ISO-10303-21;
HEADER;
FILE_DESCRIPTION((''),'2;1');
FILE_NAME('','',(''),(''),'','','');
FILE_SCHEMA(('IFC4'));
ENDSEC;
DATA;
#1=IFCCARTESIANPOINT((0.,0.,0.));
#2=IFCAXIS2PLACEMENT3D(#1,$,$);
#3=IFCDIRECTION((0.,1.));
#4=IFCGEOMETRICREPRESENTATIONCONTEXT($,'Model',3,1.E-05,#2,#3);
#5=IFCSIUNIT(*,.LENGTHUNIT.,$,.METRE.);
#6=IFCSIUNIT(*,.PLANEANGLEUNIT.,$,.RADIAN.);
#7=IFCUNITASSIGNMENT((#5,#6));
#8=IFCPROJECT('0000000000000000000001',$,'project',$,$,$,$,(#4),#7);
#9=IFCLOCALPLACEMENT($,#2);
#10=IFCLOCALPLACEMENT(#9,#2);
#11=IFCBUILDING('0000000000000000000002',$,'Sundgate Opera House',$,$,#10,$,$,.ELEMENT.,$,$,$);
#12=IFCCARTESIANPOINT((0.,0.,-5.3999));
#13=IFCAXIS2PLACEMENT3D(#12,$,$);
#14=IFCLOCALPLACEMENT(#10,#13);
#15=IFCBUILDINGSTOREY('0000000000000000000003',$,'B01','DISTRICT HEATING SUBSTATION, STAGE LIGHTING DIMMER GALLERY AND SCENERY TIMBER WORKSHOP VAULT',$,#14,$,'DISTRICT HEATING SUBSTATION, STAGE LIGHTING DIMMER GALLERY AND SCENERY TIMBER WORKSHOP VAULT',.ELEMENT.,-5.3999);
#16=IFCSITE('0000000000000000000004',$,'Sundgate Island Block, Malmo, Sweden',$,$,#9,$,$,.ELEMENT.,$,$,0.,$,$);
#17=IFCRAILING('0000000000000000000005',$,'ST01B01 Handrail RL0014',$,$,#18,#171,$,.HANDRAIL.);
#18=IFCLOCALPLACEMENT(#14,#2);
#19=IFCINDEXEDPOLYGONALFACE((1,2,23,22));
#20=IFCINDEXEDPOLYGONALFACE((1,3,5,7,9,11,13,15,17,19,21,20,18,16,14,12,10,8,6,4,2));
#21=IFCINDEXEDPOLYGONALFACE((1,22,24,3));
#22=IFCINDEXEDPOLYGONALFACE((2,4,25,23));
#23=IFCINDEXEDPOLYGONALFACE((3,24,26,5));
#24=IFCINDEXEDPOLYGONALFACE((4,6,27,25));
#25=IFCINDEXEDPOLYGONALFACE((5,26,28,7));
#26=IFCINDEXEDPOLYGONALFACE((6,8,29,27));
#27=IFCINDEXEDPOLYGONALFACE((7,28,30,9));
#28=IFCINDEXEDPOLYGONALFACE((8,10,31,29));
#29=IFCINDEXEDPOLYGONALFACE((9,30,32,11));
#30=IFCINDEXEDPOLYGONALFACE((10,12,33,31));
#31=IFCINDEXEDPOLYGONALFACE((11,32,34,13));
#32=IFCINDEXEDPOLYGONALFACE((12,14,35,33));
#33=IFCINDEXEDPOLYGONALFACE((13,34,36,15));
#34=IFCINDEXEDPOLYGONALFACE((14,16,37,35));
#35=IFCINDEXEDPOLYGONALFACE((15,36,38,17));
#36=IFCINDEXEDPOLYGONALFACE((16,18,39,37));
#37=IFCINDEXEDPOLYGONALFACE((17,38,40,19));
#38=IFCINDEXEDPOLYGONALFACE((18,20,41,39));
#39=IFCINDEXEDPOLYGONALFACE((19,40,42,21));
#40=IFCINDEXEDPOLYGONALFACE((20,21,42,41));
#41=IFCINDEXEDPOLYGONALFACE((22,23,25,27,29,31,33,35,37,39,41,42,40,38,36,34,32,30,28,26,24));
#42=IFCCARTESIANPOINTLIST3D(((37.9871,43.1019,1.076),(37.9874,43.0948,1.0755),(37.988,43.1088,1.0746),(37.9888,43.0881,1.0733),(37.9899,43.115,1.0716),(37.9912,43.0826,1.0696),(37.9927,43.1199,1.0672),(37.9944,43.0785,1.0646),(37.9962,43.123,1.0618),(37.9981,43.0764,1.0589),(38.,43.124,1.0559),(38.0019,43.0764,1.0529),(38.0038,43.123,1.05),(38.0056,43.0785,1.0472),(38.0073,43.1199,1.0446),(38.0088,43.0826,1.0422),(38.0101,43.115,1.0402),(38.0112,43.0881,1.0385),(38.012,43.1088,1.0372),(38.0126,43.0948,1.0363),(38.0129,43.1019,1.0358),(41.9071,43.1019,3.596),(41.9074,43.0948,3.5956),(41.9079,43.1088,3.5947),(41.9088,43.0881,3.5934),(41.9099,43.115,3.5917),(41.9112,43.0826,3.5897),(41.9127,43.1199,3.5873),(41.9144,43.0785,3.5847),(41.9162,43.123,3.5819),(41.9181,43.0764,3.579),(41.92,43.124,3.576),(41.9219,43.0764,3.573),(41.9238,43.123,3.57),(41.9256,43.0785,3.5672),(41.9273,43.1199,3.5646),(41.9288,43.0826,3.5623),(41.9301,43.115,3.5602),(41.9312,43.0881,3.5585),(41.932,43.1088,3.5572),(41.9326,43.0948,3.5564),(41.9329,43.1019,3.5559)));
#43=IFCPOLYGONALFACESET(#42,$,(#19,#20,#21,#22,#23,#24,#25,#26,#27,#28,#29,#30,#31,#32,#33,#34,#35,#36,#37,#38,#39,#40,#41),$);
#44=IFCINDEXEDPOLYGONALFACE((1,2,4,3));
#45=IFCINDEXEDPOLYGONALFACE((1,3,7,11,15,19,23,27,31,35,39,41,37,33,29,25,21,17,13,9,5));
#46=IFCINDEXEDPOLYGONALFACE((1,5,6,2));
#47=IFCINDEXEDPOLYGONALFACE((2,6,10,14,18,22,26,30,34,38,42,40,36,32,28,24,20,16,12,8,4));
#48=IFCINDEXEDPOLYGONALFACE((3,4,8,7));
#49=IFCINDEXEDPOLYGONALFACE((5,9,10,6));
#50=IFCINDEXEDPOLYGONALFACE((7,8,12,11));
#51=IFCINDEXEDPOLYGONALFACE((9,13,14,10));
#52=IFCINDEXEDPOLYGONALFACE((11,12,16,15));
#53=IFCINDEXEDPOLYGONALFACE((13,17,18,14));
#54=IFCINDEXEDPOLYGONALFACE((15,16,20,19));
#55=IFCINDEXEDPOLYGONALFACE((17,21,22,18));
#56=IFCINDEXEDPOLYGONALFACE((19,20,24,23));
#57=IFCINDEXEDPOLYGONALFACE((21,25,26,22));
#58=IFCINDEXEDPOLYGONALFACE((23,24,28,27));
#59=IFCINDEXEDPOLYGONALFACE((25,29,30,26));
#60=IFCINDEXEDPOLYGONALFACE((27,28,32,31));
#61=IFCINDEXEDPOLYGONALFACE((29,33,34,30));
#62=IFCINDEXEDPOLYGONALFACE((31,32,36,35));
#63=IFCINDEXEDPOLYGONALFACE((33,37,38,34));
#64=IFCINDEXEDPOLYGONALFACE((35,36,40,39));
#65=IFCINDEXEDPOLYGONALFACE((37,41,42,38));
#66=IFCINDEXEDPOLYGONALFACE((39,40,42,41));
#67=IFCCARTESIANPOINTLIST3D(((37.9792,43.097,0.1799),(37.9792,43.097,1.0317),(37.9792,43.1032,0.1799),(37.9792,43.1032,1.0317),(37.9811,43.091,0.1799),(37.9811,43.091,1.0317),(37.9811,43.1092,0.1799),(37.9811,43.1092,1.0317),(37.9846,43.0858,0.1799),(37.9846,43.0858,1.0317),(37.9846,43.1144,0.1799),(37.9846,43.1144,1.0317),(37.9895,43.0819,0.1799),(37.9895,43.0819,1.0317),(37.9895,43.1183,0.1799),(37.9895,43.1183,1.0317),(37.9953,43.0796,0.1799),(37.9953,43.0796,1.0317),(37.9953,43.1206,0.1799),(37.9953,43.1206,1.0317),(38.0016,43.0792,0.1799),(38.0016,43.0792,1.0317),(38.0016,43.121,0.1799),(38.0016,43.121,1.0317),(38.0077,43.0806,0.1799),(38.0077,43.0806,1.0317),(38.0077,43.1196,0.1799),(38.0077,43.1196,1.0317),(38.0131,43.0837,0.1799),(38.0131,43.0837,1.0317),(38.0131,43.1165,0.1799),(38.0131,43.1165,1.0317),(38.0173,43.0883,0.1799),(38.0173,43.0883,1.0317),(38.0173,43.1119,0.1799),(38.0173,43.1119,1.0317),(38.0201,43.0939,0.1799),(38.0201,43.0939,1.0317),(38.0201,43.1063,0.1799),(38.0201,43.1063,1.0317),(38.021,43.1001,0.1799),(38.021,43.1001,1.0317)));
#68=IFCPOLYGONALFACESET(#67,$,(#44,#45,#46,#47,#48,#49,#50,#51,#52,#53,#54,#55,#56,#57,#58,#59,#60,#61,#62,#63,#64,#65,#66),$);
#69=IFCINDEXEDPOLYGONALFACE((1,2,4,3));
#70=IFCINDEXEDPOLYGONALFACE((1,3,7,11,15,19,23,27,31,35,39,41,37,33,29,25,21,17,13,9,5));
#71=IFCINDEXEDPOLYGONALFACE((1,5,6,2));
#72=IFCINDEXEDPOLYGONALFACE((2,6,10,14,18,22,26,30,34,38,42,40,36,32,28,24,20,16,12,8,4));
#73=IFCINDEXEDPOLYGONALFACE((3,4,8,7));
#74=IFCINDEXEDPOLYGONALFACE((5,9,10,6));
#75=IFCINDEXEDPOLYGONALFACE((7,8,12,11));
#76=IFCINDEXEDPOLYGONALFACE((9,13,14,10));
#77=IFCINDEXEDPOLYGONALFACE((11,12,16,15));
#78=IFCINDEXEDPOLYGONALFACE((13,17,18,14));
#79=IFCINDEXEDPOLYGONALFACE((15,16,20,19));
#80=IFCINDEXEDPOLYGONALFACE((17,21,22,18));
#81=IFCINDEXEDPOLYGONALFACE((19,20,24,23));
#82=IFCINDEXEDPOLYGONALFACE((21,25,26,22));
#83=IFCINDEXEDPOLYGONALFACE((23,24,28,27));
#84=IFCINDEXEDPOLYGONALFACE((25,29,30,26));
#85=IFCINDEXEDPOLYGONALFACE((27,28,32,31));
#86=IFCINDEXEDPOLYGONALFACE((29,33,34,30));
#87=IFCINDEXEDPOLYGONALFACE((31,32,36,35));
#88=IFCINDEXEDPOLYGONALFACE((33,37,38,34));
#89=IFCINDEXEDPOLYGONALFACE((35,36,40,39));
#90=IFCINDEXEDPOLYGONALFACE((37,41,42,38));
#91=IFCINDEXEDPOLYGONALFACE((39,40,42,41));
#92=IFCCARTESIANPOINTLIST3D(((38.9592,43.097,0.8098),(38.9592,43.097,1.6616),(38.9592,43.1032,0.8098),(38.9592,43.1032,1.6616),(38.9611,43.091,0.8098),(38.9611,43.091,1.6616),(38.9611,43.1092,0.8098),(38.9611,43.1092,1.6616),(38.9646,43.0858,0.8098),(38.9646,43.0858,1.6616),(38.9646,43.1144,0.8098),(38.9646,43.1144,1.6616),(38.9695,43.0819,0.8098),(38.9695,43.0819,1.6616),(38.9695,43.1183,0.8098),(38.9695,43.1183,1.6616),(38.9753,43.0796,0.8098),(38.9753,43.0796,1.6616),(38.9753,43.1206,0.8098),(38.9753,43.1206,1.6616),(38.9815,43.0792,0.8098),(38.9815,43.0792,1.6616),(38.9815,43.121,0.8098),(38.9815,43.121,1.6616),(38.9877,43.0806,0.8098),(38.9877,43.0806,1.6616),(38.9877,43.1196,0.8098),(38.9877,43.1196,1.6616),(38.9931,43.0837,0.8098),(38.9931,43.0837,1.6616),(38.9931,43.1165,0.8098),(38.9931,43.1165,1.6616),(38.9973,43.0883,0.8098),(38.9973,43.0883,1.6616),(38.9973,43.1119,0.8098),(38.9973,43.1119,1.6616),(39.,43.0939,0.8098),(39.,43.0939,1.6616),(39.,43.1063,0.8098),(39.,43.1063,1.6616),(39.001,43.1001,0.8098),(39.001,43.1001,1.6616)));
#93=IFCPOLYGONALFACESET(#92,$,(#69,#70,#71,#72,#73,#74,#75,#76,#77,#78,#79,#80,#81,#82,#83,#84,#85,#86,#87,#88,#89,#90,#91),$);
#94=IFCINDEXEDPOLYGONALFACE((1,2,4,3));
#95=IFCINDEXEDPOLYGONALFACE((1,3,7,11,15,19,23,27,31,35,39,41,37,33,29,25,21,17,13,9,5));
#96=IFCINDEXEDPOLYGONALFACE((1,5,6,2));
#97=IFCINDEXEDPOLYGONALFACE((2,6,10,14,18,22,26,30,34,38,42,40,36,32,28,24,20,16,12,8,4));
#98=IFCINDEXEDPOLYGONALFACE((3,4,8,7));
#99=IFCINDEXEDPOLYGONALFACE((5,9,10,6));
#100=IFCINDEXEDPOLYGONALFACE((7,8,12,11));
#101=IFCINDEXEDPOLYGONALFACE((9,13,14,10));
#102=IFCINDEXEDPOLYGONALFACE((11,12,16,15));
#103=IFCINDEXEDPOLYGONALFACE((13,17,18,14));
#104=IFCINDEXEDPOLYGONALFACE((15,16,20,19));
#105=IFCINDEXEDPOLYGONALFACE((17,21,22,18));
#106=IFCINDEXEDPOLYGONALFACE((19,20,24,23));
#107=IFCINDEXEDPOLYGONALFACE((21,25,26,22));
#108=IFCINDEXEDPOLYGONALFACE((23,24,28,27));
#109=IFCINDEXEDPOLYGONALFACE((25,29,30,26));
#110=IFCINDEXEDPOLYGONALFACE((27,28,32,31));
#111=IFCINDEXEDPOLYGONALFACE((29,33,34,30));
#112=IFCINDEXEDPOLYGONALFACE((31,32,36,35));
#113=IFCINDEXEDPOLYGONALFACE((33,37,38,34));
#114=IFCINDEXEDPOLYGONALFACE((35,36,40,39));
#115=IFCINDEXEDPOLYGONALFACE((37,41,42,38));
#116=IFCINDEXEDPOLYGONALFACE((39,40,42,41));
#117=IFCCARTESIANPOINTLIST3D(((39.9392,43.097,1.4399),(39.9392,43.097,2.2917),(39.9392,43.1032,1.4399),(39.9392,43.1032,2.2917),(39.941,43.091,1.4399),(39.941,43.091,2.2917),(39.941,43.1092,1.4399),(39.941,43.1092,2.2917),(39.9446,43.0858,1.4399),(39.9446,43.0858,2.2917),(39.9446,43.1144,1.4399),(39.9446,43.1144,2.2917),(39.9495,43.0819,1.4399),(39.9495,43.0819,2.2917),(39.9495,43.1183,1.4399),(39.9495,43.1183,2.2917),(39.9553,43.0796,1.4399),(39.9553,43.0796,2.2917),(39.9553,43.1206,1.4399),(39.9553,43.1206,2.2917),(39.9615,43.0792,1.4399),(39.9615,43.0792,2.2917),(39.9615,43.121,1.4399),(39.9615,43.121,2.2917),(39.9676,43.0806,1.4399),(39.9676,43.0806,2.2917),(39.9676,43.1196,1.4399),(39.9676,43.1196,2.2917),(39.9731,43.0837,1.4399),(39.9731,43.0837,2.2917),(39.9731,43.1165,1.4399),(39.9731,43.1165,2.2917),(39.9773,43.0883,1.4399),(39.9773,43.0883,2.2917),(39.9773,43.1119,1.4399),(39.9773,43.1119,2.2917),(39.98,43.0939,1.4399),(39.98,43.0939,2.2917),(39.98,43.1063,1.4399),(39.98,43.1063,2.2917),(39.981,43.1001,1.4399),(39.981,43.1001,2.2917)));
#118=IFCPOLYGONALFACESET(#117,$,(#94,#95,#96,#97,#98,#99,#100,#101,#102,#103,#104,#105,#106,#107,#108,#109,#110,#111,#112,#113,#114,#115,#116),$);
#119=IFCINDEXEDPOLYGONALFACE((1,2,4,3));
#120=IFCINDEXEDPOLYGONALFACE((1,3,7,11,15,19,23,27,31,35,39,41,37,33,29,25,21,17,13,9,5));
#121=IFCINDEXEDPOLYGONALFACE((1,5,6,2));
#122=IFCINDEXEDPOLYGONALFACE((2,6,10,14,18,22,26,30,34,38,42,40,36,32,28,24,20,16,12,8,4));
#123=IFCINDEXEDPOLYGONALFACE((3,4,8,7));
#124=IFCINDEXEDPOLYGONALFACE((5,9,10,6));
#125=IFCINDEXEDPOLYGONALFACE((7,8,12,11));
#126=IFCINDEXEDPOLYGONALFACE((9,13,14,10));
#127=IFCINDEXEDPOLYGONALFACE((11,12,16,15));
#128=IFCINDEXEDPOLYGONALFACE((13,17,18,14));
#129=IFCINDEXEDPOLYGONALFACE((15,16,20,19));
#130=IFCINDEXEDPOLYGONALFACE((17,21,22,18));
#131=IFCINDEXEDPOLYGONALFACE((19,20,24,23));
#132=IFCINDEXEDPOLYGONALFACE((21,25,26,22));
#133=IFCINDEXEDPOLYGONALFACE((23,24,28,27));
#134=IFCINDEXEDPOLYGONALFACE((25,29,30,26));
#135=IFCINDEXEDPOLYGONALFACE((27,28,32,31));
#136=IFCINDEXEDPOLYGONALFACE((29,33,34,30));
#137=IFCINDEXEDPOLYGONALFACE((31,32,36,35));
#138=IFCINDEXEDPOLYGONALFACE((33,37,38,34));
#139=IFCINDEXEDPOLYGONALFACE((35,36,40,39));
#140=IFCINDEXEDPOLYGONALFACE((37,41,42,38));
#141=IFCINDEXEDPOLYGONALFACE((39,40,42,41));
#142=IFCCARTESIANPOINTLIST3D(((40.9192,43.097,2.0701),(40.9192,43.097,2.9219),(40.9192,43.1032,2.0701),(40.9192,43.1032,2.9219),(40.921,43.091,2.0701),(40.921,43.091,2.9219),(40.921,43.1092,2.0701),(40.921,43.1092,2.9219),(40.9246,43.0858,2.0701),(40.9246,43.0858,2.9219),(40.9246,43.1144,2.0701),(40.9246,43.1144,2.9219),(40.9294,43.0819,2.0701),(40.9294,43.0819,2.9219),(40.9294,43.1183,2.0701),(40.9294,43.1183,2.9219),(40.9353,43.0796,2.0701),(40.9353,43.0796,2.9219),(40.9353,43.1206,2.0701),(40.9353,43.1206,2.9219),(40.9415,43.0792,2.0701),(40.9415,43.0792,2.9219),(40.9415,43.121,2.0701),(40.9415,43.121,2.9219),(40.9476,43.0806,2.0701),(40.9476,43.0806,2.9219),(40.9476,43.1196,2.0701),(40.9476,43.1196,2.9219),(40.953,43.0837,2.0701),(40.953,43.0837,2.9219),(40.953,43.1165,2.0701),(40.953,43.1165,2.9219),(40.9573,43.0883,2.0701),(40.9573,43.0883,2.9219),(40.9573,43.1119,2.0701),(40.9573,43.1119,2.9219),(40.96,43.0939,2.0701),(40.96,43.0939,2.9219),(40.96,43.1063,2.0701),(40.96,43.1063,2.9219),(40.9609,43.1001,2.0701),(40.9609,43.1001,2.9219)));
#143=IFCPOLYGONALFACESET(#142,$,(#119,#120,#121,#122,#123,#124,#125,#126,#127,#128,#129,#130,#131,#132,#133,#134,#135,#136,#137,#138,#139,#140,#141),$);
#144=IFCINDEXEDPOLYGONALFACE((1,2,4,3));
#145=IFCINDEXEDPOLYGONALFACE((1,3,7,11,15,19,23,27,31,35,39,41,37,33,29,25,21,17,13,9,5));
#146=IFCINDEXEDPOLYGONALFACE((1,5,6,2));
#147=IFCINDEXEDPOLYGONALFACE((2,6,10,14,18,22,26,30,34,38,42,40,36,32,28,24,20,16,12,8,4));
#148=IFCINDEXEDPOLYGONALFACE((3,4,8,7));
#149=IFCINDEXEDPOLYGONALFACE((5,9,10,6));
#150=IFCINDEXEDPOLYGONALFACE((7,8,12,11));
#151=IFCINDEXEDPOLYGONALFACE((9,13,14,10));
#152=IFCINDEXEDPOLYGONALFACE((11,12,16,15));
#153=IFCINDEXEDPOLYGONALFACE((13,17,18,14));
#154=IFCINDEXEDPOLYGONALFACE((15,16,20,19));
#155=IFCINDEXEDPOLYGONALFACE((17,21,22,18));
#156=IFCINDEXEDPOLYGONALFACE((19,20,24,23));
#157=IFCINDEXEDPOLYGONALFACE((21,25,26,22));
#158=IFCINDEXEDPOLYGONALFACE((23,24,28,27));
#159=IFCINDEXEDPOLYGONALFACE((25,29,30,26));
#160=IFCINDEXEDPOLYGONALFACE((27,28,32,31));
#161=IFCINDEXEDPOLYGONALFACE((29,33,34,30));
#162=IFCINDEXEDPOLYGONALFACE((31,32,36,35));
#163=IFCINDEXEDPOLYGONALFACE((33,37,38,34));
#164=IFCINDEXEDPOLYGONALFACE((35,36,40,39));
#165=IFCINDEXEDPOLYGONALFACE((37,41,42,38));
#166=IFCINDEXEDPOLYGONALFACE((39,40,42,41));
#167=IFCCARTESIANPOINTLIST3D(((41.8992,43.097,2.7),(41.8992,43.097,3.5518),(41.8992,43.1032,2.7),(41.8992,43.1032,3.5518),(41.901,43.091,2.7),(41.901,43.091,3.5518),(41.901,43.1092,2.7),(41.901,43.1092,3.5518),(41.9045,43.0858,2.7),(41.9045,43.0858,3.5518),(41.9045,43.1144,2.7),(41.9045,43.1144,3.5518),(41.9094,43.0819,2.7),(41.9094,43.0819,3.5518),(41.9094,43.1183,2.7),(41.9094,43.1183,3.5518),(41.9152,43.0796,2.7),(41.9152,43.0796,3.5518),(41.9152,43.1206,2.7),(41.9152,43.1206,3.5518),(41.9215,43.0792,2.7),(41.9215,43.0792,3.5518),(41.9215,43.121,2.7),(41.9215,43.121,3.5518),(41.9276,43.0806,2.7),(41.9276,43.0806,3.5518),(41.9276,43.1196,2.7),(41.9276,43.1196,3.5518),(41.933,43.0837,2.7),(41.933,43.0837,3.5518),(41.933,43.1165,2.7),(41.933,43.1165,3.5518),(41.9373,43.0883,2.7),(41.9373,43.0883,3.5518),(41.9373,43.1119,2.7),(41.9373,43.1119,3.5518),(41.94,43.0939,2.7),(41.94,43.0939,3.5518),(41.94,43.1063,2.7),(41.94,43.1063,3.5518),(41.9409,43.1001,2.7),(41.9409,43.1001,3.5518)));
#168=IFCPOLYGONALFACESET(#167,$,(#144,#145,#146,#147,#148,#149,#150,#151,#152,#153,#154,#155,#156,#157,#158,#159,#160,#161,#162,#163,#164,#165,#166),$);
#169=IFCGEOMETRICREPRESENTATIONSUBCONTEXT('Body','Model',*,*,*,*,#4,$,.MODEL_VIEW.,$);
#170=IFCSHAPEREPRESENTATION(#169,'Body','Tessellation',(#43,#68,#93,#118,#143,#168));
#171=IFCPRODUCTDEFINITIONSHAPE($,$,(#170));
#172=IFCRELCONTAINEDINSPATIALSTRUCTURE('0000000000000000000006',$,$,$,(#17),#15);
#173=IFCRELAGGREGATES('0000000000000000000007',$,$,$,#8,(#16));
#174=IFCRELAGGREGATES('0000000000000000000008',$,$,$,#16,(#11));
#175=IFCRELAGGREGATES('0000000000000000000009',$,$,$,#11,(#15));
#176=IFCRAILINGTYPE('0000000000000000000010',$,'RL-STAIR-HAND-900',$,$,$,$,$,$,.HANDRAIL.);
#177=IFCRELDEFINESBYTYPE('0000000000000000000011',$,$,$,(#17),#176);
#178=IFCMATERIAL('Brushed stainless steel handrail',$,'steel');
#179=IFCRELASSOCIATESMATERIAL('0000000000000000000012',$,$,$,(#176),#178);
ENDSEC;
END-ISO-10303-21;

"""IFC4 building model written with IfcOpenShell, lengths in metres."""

from ifc_helpers import new_model, si_unit, direction, frame, origin, origin_2d, place, context, subcontext, project, spatial, circle, extrude, material, type_object, element, save


model = new_model("IFC4")

# Units and contexts
model_context = context("Model", 3, precision=1e-05, world=origin(), true_north=direction((0.0, 1.0)))
body_context = subcontext(model_context, "Body", "Model", "MODEL_VIEW")
ifc_project = project(units=[si_unit("LENGTHUNIT", "METRE"), si_unit("PLANEANGLEUNIT", "RADIAN")], contexts=[model_context])

# Site, building, storey
site_placement = place(None, origin())
site = spatial("IfcSite", under=ifc_project, at=site_placement, Name="Sundgate Island Block, Malmo, Sweden", CompositionType="ELEMENT", RefElevation=0.0)
building_placement = place(site_placement, origin())
building = spatial("IfcBuilding", under=site, at=building_placement, Name="Sundgate Opera House", CompositionType="ELEMENT")
storey_placement = place(building_placement, frame((0.0, 0.0, -5.3999)))
storey = spatial("IfcBuildingStorey", under=building, at=storey_placement, Name="B01", Description="DISTRICT HEATING SUBSTATION, STAGE LIGHTING DIMMER GALLERY AND SCENERY TIMBER WORKSHOP VAULT", LongName="DISTRICT HEATING SUBSTATION, STAGE LIGHTING DIMMER GALLERY AND SCENERY TIMBER WORKSHOP VAULT", CompositionType="ELEMENT", Elevation=-5.3999)

# Railing
ifc_material_1 = material(Name="Brushed stainless steel handrail", Category="steel")
railing_type_1 = type_object("IfcRailingType", Name="RL-STAIR-HAND-900", PredefinedType="HANDRAIL", material=ifc_material_1)
railing_1_placement = place(storey_placement, frame((38.0, 43.1001, 0.1799)))
element("IfcRailing", 1, at=railing_1_placement, inside=storey, type_object=railing_type_1, Name="ST01B01 Handrail RL0014", PredefinedType="HANDRAIL", context=body_context, shape_type="SweptSolid", body=[
    extrude(circle(Radius=0.0239, at=origin_2d()), frame((0.0, 0.0, 0.876), z_axis=(0.841172, 0.0, 0.540768), x_axis=(0.0, 1.0, 0.0)), (0.0, 0.0, 1.0), 4.6602),
    extrude(circle(Radius=0.021, at=origin_2d()), origin(), (0.0, 0.0, 1.0), 0.8518),
    extrude(circle(Radius=0.021, at=origin_2d()), frame((0.98, 0.0, 0.6299)), (0.0, 0.0, 1.0), 0.8518),
    extrude(circle(Radius=0.021, at=origin_2d()), frame((1.96, 0.0, 1.26)), (0.0, 0.0, 1.0), 0.8518),
    extrude(circle(Radius=0.021, at=origin_2d()), frame((2.9399, 0.0, 1.8901)), (0.0, 0.0, 1.0), 0.8518),
    extrude(circle(Radius=0.021, at=origin_2d()), frame((3.9199, 0.0, 2.52)), (0.0, 0.0, 1.0), 0.8518),
])

save(model, "model.ifc")
